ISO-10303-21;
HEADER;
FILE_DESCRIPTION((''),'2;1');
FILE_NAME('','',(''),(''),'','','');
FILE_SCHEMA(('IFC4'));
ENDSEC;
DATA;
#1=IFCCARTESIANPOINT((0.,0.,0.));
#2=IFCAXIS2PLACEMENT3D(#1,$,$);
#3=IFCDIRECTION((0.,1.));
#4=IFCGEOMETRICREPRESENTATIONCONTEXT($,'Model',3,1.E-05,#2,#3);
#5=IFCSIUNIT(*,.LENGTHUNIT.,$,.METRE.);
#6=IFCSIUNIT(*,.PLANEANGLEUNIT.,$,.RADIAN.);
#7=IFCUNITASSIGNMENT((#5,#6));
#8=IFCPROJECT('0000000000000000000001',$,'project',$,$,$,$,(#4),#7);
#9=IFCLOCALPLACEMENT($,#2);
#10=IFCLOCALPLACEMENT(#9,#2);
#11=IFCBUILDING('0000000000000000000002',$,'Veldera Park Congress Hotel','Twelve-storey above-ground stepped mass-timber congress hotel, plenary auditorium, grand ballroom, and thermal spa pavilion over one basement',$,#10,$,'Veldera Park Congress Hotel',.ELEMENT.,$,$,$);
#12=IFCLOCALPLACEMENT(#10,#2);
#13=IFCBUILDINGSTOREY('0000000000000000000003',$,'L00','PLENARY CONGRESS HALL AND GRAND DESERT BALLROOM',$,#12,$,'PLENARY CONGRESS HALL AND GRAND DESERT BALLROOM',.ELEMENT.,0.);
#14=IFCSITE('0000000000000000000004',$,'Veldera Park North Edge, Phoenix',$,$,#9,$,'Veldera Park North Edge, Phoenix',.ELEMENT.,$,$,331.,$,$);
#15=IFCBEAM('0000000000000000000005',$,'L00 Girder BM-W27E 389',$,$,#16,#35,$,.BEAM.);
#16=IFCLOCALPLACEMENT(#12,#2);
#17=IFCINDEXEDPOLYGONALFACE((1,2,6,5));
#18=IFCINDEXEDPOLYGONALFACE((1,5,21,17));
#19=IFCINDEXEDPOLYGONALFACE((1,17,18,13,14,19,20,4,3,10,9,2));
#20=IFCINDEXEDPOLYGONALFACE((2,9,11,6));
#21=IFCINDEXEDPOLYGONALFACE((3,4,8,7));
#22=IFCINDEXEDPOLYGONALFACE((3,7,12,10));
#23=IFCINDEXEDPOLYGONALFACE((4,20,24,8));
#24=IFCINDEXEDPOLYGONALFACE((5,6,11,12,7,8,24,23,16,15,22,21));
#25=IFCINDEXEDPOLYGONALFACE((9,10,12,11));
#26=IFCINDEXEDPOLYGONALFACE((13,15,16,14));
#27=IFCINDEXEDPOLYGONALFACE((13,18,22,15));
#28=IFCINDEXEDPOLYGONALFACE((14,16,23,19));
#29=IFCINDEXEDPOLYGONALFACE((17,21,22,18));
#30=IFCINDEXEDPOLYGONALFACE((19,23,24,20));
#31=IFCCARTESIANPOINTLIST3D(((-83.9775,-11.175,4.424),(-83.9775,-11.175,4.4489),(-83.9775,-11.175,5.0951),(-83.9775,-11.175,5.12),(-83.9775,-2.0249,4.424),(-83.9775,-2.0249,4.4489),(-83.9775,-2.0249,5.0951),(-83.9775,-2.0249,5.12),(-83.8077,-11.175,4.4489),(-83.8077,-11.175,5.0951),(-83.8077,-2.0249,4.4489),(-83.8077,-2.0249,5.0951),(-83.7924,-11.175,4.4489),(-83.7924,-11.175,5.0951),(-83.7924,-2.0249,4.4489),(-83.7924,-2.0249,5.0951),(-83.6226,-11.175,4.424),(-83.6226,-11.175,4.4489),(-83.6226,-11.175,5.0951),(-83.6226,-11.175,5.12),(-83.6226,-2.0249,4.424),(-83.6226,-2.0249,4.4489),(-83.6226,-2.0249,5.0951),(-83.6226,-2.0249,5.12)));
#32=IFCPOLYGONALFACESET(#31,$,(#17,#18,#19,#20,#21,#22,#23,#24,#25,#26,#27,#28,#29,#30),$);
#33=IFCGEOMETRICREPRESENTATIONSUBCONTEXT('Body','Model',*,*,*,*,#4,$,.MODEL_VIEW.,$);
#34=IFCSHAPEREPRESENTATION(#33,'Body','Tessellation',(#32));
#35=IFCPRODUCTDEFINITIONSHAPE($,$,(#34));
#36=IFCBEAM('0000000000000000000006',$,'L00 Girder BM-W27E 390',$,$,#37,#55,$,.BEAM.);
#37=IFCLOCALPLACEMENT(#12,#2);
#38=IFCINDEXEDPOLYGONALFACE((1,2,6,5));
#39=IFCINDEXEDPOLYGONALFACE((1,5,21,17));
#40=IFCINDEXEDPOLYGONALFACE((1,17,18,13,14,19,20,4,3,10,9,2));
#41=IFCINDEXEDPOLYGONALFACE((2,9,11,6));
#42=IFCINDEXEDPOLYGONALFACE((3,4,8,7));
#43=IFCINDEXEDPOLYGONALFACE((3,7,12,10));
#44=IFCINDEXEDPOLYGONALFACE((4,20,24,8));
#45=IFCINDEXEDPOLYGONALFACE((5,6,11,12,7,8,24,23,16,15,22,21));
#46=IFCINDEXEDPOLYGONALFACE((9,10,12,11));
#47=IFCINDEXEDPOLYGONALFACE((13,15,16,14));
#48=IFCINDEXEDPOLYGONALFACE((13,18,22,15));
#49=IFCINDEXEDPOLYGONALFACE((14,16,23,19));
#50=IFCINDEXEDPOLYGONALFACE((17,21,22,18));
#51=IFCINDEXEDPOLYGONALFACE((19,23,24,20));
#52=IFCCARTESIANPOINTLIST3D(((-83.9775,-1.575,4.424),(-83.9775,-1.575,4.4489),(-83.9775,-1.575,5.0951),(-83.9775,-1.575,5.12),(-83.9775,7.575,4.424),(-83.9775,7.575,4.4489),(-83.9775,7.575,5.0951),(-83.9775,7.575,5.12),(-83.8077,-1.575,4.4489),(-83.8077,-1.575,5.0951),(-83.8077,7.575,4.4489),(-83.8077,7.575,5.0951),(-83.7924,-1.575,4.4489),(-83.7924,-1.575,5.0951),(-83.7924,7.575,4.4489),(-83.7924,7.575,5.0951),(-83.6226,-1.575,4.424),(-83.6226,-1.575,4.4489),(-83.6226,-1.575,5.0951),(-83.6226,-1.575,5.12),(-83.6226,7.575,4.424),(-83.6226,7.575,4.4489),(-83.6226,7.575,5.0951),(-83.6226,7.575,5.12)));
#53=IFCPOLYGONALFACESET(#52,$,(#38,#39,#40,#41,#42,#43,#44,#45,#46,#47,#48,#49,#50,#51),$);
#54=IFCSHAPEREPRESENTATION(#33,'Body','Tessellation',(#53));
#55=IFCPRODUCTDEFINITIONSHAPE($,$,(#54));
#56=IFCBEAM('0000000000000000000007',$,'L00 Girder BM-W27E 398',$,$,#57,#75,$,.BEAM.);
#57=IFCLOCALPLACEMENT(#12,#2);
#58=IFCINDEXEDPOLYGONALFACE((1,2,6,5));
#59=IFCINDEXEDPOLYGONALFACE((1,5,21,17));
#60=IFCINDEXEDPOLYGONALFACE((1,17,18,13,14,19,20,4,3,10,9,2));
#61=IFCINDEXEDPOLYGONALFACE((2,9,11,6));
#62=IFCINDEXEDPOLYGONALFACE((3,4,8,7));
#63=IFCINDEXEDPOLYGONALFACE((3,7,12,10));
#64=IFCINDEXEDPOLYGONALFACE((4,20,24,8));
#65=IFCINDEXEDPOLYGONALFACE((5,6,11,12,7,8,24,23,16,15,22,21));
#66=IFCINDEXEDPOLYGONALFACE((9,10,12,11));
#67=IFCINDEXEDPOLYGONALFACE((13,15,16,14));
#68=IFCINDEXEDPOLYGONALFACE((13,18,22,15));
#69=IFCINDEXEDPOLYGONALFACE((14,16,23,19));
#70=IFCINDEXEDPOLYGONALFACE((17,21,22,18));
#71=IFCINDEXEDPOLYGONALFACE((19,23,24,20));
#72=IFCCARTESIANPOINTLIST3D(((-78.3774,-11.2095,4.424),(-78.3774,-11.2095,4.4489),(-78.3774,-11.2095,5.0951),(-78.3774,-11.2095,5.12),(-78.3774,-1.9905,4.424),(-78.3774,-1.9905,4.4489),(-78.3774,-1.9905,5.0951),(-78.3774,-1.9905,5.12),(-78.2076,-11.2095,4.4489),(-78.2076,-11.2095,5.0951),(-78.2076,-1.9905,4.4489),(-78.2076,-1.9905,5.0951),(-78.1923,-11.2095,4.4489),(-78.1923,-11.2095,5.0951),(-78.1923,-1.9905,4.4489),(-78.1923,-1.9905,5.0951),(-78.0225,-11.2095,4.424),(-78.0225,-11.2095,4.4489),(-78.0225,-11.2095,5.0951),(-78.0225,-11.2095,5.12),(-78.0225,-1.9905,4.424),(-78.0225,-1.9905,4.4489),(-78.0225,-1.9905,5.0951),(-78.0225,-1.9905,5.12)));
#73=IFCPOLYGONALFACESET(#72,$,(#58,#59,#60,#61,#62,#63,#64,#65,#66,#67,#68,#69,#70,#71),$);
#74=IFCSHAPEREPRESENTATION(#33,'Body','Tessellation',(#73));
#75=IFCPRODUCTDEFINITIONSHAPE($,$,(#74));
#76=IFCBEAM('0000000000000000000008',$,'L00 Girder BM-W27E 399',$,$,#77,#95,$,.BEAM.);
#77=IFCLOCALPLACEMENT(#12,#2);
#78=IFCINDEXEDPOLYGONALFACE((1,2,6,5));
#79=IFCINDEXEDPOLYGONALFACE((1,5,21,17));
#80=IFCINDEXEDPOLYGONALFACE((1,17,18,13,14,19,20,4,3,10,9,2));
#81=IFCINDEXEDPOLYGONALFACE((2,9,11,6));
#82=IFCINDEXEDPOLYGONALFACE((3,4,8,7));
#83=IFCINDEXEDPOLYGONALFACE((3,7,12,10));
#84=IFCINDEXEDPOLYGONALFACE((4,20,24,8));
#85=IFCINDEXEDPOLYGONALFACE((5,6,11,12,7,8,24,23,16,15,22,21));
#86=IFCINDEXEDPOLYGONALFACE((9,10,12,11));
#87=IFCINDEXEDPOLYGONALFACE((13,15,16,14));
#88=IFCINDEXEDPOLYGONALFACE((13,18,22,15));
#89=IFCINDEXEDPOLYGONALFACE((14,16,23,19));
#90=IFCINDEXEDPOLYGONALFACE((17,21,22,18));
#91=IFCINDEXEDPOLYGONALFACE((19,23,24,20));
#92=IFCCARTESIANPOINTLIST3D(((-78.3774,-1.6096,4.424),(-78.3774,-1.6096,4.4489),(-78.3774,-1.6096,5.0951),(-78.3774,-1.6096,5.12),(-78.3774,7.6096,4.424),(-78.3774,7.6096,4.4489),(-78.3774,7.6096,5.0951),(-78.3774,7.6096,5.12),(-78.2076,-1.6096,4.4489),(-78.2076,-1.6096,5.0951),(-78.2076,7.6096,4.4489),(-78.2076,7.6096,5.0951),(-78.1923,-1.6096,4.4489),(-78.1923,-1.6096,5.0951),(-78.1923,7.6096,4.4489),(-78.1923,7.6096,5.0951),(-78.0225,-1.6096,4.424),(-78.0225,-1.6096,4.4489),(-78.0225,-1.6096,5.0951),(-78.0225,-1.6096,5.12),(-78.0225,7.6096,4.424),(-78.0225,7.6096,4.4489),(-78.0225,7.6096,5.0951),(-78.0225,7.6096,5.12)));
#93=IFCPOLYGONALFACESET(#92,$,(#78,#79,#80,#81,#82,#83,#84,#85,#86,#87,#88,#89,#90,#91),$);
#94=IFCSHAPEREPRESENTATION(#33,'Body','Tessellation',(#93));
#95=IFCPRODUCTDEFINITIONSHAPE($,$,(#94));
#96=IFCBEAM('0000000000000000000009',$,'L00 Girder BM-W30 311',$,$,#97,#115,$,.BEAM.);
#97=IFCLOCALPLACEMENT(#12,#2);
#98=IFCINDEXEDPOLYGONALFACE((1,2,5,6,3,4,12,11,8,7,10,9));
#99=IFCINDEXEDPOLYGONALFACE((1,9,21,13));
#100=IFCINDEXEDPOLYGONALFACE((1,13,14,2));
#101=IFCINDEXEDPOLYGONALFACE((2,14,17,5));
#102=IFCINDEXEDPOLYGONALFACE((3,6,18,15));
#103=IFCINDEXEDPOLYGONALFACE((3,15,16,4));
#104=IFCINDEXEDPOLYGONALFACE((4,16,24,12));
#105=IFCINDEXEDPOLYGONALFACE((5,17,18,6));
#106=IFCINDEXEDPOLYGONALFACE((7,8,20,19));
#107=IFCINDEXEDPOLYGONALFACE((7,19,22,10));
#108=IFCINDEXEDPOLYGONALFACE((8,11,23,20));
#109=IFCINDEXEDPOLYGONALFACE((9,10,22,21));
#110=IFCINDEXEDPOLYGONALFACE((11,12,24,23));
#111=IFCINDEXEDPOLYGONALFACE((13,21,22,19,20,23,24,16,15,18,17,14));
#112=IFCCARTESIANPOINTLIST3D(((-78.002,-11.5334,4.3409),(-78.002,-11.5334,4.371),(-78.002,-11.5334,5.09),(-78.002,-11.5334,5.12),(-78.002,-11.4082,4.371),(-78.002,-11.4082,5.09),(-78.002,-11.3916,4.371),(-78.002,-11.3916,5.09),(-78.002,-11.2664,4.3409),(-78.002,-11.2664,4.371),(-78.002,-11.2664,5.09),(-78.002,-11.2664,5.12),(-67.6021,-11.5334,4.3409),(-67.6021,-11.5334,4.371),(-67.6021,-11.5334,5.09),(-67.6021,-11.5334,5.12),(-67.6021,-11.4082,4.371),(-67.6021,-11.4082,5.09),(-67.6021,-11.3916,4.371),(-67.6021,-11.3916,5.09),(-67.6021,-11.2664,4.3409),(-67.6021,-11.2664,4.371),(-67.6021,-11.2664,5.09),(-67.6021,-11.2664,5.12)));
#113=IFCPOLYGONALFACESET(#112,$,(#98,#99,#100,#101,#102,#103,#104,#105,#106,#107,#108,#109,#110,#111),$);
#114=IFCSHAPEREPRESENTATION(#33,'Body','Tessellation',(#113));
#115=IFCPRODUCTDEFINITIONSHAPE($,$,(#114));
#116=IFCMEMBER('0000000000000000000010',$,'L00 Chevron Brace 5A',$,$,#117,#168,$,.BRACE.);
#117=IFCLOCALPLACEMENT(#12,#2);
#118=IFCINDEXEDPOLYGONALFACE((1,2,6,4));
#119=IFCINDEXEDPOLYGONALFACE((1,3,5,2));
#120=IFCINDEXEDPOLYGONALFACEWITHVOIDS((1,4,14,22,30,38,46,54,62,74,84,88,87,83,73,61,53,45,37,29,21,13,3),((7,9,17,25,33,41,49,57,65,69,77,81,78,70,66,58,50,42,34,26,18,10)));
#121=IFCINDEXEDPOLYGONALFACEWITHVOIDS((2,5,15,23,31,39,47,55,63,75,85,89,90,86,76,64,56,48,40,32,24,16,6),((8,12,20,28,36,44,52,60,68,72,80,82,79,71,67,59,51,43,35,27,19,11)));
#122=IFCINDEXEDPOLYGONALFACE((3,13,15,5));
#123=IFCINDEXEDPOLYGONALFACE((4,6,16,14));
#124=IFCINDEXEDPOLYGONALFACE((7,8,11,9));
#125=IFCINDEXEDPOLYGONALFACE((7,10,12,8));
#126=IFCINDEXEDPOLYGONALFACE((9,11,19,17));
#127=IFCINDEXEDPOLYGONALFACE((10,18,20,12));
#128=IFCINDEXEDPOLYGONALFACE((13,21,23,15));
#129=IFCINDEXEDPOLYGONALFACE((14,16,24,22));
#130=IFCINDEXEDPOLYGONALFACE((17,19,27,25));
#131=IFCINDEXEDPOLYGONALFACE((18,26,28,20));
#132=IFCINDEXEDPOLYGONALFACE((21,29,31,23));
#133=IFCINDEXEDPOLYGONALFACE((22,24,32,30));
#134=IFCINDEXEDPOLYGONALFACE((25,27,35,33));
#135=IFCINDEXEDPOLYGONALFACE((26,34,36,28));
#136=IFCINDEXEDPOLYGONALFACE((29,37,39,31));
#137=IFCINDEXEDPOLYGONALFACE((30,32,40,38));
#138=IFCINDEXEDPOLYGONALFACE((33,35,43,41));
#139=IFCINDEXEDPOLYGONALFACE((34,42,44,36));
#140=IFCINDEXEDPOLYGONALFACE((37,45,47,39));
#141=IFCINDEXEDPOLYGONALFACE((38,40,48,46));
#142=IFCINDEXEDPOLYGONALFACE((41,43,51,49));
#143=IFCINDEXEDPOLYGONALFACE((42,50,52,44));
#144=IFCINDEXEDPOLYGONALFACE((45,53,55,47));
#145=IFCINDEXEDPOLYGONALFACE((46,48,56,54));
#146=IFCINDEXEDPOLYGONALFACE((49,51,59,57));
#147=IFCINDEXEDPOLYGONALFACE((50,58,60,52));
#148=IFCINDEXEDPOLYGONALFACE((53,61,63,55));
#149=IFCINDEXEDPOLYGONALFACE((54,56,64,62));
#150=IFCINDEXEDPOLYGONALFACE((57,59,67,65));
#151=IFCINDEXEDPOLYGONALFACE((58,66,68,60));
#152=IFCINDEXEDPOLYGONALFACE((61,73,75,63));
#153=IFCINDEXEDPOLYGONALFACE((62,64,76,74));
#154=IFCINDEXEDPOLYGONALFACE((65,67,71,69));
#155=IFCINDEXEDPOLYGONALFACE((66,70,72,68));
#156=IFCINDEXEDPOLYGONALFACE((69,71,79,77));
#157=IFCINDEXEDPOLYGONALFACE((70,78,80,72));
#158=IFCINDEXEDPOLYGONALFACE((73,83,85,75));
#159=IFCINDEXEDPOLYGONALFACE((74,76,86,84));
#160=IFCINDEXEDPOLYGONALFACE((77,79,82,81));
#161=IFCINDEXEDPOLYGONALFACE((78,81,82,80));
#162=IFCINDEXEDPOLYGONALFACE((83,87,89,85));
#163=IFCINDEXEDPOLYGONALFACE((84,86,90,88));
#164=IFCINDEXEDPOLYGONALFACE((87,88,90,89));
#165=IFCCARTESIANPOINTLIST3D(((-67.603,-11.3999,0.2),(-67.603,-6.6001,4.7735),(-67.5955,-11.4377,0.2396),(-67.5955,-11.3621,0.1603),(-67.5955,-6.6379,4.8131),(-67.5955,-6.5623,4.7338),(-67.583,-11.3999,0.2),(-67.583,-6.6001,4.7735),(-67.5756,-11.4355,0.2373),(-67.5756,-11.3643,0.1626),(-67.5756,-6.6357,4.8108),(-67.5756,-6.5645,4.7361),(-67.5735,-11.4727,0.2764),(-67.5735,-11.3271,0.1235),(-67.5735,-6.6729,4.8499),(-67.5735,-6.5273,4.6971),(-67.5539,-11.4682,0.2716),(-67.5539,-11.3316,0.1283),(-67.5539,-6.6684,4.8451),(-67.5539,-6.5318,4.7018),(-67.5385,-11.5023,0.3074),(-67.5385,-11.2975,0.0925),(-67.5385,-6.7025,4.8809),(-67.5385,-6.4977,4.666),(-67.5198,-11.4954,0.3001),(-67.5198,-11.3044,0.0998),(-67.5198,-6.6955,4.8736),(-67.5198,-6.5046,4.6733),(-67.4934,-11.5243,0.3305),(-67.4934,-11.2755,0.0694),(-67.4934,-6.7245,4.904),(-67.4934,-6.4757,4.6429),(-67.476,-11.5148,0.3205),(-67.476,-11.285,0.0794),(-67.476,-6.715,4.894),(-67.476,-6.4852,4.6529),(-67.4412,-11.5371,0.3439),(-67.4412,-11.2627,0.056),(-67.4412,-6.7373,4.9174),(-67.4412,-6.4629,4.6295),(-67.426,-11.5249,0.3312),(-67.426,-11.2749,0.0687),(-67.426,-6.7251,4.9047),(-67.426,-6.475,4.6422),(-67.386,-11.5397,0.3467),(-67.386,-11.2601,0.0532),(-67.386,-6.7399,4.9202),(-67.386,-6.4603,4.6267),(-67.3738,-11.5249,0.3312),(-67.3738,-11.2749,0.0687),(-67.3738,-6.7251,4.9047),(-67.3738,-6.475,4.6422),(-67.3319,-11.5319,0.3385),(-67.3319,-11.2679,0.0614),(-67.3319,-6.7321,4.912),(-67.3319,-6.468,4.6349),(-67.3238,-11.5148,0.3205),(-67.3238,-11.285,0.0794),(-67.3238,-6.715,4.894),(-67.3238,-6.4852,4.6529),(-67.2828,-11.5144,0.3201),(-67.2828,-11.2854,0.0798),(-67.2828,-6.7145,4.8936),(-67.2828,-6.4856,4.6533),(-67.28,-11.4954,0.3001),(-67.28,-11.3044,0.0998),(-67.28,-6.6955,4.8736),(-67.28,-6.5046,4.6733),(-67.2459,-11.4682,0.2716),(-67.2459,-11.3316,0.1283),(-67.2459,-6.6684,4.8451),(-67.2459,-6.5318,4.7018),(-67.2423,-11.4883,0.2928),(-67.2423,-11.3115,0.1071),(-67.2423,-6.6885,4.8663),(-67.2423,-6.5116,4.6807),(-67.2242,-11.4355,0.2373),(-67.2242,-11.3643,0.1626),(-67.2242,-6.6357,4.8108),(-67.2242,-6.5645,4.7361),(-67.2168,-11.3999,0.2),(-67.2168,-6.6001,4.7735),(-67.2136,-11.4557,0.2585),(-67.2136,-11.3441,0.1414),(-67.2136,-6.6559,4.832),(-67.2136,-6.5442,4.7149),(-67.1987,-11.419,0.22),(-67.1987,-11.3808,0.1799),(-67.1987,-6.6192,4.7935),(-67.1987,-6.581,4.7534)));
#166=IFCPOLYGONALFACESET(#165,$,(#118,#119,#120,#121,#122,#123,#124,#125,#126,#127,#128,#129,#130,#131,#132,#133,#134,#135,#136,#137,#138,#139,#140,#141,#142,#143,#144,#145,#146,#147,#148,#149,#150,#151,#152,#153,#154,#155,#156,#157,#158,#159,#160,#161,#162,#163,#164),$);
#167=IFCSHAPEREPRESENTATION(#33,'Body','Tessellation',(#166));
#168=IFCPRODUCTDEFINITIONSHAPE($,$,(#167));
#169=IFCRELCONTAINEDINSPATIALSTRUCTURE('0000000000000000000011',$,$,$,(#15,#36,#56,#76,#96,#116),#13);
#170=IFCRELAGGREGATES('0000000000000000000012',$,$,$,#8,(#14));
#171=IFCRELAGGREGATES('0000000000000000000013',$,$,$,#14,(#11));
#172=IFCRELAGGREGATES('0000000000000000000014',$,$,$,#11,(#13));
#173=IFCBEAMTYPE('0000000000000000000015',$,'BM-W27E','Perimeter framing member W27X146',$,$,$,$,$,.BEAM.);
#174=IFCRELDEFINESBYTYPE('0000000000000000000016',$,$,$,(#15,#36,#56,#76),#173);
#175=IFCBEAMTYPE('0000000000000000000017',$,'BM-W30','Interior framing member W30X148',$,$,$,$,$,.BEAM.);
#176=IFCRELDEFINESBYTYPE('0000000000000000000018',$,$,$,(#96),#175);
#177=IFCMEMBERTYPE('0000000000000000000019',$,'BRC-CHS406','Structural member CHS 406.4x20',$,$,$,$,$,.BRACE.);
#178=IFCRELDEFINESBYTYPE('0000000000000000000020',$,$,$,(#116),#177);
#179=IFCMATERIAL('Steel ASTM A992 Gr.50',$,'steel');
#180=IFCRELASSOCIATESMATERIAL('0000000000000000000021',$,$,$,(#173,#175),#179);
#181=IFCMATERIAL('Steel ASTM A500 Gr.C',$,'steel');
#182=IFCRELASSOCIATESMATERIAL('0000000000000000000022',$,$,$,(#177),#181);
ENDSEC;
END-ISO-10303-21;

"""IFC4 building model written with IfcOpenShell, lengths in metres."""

from ifc_helpers import new_model, si_unit, direction, frame, origin, origin_2d, place, context, subcontext, project, spatial, hollow_circle, i_section, extrude, material, material_profile, profile_set, type_object, element, save


model = new_model("IFC4")

# Units and contexts
model_context = context("Model", 3, precision=1e-05, world=origin(), true_north=direction((0.0, 1.0)))
body_context = subcontext(model_context, "Body", "Model", "MODEL_VIEW")
ifc_project = project(units=[si_unit("LENGTHUNIT", "METRE"), si_unit("PLANEANGLEUNIT", "RADIAN")], contexts=[model_context])

# Site, building, storey
site_placement = place(None, origin())
site = spatial("IfcSite", under=ifc_project, at=site_placement, Name="Veldera Park North Edge, Phoenix", LongName="Veldera Park North Edge, Phoenix", CompositionType="ELEMENT", RefElevation=331.0)
building_placement = place(site_placement, origin())
building = spatial("IfcBuilding", under=site, at=building_placement, Name="Veldera Park Congress Hotel", Description="Twelve-storey above-ground stepped mass-timber congress hotel, plenary auditorium, grand ballroom, and thermal spa pavilion over one basement", LongName="Veldera Park Congress Hotel", CompositionType="ELEMENT")
storey_placement = place(building_placement, origin())
storey = spatial("IfcBuildingStorey", under=building, at=storey_placement, Name="L00", Description="PLENARY CONGRESS HALL AND GRAND DESERT BALLROOM", LongName="PLENARY CONGRESS HALL AND GRAND DESERT BALLROOM", CompositionType="ELEMENT", Elevation=0.0)

# Shared definitions
ifc_material_1 = material(Name="Steel ASTM A992 Gr.50", Category="steel")

# Beams
ifc_material_profile_1 = material_profile(ifc_material_1, i_section(OverallWidth=0.355, OverallDepth=0.696, WebThickness=0.0154, FlangeThickness=0.0249, at=origin_2d()), Name="W27X146")
ifc_profile_set_1 = profile_set([ifc_material_profile_1], Name="Steel ASTM A992 Gr.50")
beam_type_1 = type_object("IfcBeamType", Name="BM-W27E", Description="Perimeter framing member W27X146", PredefinedType="BEAM", material=ifc_profile_set_1)
beam_1_placement = place(storey_placement, frame((-83.8, -11.175, 4.772), z_axis=(0.0, 1.0, 0.0), x_axis=(-1.0, 0.0, 0.0)))
element("IfcBeam", 1, at=beam_1_placement, inside=storey, type_object=beam_type_1, Name="L00 Girder BM-W27E 389", PredefinedType="BEAM", context=body_context, shape_type="SweptSolid", body=[
    extrude(i_section(OverallWidth=0.355, OverallDepth=0.696, WebThickness=0.0154, FlangeThickness=0.0249, at=origin_2d()), origin(), (0.0, 0.0, 1.0), 9.1501),
])
beam_2_placement = place(storey_placement, frame((-83.8, -1.575, 4.772), z_axis=(0.0, 1.0, 0.0), x_axis=(-1.0, 0.0, 0.0)))
element("IfcBeam", 2, at=beam_2_placement, inside=storey, type_object=beam_type_1, Name="L00 Girder BM-W27E 390", PredefinedType="BEAM", context=body_context, shape_type="SweptSolid", body=[
    extrude(i_section(OverallWidth=0.355, OverallDepth=0.696, WebThickness=0.0154, FlangeThickness=0.0249, at=origin_2d()), origin(), (0.0, 0.0, 1.0), 9.1499),
])
beam_3_placement = place(storey_placement, frame((-78.2, -11.2095, 4.772), z_axis=(0.0, 1.0, 0.0), x_axis=(-1.0, 0.0, 0.0)))
element("IfcBeam", 3, at=beam_3_placement, inside=storey, type_object=beam_type_1, Name="L00 Girder BM-W27E 398", PredefinedType="BEAM", context=body_context, shape_type="SweptSolid", body=[
    extrude(i_section(OverallWidth=0.355, OverallDepth=0.696, WebThickness=0.0154, FlangeThickness=0.0249, at=origin_2d()), origin(), (0.0, 0.0, 1.0), 9.219),
])
beam_4_placement = place(storey_placement, frame((-78.2, -1.6096, 4.772), z_axis=(0.0, 1.0, 0.0), x_axis=(-1.0, 0.0, 0.0)))
element("IfcBeam", 4, at=beam_4_placement, inside=storey, type_object=beam_type_1, Name="L00 Girder BM-W27E 399", PredefinedType="BEAM", context=body_context, shape_type="SweptSolid", body=[
    extrude(i_section(OverallWidth=0.355, OverallDepth=0.696, WebThickness=0.0154, FlangeThickness=0.0249, at=origin_2d()), origin(), (0.0, 0.0, 1.0), 9.2192),
])
ifc_material_profile_2 = material_profile(ifc_material_1, i_section(OverallWidth=0.2671, OverallDepth=0.7791, WebThickness=0.0166, FlangeThickness=0.03, at=origin_2d()), Name="W30X148")
ifc_profile_set_2 = profile_set([ifc_material_profile_2], Name="Steel ASTM A992 Gr.50")
beam_type_2 = type_object("IfcBeamType", Name="BM-W30", Description="Interior framing member W30X148", PredefinedType="BEAM", material=ifc_profile_set_2)
beam_5_placement = place(storey_placement, frame((-78.002, -11.3999, 4.7305), z_axis=(1.0, 0.0, 0.0), x_axis=(0.0, 1.0, 0.0)))
element("IfcBeam", 5, at=beam_5_placement, inside=storey, type_object=beam_type_2, Name="L00 Girder BM-W30 311", PredefinedType="BEAM", context=body_context, shape_type="SweptSolid", body=[
    extrude(i_section(OverallWidth=0.2671, OverallDepth=0.7791, WebThickness=0.0166, FlangeThickness=0.03, at=origin_2d()), origin(), (0.0, 0.0, 1.0), 10.3999),
])

# Member
ifc_material_2 = material(Name="Steel ASTM A500 Gr.C", Category="steel")
ifc_material_profile_3 = material_profile(ifc_material_2, hollow_circle(Radius=0.2031, WallThickness=0.02, at=origin_2d()), Name="CHS 406.4x20")
ifc_profile_set_3 = profile_set([ifc_material_profile_3], Name="Steel ASTM A500 Gr.C")
member_type = type_object("IfcMemberType", Name="BRC-CHS406", Description="Structural member CHS 406.4x20", PredefinedType="BRACE", material=ifc_profile_set_3)
member_placement = place(storey_placement, frame((-67.3999, -11.3999, 0.2), z_axis=(0.0, 0.723969, 0.689833), x_axis=(-1.0, 0.0, 0.0)))
element("IfcMember", 6, at=member_placement, inside=storey, type_object=member_type, Name="L00 Chevron Brace 5A", PredefinedType="BRACE", context=body_context, shape_type="SweptSolid", body=[
    extrude(hollow_circle(Radius=0.2031, WallThickness=0.02, at=origin_2d()), origin(), (0.0, 0.0, 1.0), 6.6299),
])

save(model, "model.ifc")
